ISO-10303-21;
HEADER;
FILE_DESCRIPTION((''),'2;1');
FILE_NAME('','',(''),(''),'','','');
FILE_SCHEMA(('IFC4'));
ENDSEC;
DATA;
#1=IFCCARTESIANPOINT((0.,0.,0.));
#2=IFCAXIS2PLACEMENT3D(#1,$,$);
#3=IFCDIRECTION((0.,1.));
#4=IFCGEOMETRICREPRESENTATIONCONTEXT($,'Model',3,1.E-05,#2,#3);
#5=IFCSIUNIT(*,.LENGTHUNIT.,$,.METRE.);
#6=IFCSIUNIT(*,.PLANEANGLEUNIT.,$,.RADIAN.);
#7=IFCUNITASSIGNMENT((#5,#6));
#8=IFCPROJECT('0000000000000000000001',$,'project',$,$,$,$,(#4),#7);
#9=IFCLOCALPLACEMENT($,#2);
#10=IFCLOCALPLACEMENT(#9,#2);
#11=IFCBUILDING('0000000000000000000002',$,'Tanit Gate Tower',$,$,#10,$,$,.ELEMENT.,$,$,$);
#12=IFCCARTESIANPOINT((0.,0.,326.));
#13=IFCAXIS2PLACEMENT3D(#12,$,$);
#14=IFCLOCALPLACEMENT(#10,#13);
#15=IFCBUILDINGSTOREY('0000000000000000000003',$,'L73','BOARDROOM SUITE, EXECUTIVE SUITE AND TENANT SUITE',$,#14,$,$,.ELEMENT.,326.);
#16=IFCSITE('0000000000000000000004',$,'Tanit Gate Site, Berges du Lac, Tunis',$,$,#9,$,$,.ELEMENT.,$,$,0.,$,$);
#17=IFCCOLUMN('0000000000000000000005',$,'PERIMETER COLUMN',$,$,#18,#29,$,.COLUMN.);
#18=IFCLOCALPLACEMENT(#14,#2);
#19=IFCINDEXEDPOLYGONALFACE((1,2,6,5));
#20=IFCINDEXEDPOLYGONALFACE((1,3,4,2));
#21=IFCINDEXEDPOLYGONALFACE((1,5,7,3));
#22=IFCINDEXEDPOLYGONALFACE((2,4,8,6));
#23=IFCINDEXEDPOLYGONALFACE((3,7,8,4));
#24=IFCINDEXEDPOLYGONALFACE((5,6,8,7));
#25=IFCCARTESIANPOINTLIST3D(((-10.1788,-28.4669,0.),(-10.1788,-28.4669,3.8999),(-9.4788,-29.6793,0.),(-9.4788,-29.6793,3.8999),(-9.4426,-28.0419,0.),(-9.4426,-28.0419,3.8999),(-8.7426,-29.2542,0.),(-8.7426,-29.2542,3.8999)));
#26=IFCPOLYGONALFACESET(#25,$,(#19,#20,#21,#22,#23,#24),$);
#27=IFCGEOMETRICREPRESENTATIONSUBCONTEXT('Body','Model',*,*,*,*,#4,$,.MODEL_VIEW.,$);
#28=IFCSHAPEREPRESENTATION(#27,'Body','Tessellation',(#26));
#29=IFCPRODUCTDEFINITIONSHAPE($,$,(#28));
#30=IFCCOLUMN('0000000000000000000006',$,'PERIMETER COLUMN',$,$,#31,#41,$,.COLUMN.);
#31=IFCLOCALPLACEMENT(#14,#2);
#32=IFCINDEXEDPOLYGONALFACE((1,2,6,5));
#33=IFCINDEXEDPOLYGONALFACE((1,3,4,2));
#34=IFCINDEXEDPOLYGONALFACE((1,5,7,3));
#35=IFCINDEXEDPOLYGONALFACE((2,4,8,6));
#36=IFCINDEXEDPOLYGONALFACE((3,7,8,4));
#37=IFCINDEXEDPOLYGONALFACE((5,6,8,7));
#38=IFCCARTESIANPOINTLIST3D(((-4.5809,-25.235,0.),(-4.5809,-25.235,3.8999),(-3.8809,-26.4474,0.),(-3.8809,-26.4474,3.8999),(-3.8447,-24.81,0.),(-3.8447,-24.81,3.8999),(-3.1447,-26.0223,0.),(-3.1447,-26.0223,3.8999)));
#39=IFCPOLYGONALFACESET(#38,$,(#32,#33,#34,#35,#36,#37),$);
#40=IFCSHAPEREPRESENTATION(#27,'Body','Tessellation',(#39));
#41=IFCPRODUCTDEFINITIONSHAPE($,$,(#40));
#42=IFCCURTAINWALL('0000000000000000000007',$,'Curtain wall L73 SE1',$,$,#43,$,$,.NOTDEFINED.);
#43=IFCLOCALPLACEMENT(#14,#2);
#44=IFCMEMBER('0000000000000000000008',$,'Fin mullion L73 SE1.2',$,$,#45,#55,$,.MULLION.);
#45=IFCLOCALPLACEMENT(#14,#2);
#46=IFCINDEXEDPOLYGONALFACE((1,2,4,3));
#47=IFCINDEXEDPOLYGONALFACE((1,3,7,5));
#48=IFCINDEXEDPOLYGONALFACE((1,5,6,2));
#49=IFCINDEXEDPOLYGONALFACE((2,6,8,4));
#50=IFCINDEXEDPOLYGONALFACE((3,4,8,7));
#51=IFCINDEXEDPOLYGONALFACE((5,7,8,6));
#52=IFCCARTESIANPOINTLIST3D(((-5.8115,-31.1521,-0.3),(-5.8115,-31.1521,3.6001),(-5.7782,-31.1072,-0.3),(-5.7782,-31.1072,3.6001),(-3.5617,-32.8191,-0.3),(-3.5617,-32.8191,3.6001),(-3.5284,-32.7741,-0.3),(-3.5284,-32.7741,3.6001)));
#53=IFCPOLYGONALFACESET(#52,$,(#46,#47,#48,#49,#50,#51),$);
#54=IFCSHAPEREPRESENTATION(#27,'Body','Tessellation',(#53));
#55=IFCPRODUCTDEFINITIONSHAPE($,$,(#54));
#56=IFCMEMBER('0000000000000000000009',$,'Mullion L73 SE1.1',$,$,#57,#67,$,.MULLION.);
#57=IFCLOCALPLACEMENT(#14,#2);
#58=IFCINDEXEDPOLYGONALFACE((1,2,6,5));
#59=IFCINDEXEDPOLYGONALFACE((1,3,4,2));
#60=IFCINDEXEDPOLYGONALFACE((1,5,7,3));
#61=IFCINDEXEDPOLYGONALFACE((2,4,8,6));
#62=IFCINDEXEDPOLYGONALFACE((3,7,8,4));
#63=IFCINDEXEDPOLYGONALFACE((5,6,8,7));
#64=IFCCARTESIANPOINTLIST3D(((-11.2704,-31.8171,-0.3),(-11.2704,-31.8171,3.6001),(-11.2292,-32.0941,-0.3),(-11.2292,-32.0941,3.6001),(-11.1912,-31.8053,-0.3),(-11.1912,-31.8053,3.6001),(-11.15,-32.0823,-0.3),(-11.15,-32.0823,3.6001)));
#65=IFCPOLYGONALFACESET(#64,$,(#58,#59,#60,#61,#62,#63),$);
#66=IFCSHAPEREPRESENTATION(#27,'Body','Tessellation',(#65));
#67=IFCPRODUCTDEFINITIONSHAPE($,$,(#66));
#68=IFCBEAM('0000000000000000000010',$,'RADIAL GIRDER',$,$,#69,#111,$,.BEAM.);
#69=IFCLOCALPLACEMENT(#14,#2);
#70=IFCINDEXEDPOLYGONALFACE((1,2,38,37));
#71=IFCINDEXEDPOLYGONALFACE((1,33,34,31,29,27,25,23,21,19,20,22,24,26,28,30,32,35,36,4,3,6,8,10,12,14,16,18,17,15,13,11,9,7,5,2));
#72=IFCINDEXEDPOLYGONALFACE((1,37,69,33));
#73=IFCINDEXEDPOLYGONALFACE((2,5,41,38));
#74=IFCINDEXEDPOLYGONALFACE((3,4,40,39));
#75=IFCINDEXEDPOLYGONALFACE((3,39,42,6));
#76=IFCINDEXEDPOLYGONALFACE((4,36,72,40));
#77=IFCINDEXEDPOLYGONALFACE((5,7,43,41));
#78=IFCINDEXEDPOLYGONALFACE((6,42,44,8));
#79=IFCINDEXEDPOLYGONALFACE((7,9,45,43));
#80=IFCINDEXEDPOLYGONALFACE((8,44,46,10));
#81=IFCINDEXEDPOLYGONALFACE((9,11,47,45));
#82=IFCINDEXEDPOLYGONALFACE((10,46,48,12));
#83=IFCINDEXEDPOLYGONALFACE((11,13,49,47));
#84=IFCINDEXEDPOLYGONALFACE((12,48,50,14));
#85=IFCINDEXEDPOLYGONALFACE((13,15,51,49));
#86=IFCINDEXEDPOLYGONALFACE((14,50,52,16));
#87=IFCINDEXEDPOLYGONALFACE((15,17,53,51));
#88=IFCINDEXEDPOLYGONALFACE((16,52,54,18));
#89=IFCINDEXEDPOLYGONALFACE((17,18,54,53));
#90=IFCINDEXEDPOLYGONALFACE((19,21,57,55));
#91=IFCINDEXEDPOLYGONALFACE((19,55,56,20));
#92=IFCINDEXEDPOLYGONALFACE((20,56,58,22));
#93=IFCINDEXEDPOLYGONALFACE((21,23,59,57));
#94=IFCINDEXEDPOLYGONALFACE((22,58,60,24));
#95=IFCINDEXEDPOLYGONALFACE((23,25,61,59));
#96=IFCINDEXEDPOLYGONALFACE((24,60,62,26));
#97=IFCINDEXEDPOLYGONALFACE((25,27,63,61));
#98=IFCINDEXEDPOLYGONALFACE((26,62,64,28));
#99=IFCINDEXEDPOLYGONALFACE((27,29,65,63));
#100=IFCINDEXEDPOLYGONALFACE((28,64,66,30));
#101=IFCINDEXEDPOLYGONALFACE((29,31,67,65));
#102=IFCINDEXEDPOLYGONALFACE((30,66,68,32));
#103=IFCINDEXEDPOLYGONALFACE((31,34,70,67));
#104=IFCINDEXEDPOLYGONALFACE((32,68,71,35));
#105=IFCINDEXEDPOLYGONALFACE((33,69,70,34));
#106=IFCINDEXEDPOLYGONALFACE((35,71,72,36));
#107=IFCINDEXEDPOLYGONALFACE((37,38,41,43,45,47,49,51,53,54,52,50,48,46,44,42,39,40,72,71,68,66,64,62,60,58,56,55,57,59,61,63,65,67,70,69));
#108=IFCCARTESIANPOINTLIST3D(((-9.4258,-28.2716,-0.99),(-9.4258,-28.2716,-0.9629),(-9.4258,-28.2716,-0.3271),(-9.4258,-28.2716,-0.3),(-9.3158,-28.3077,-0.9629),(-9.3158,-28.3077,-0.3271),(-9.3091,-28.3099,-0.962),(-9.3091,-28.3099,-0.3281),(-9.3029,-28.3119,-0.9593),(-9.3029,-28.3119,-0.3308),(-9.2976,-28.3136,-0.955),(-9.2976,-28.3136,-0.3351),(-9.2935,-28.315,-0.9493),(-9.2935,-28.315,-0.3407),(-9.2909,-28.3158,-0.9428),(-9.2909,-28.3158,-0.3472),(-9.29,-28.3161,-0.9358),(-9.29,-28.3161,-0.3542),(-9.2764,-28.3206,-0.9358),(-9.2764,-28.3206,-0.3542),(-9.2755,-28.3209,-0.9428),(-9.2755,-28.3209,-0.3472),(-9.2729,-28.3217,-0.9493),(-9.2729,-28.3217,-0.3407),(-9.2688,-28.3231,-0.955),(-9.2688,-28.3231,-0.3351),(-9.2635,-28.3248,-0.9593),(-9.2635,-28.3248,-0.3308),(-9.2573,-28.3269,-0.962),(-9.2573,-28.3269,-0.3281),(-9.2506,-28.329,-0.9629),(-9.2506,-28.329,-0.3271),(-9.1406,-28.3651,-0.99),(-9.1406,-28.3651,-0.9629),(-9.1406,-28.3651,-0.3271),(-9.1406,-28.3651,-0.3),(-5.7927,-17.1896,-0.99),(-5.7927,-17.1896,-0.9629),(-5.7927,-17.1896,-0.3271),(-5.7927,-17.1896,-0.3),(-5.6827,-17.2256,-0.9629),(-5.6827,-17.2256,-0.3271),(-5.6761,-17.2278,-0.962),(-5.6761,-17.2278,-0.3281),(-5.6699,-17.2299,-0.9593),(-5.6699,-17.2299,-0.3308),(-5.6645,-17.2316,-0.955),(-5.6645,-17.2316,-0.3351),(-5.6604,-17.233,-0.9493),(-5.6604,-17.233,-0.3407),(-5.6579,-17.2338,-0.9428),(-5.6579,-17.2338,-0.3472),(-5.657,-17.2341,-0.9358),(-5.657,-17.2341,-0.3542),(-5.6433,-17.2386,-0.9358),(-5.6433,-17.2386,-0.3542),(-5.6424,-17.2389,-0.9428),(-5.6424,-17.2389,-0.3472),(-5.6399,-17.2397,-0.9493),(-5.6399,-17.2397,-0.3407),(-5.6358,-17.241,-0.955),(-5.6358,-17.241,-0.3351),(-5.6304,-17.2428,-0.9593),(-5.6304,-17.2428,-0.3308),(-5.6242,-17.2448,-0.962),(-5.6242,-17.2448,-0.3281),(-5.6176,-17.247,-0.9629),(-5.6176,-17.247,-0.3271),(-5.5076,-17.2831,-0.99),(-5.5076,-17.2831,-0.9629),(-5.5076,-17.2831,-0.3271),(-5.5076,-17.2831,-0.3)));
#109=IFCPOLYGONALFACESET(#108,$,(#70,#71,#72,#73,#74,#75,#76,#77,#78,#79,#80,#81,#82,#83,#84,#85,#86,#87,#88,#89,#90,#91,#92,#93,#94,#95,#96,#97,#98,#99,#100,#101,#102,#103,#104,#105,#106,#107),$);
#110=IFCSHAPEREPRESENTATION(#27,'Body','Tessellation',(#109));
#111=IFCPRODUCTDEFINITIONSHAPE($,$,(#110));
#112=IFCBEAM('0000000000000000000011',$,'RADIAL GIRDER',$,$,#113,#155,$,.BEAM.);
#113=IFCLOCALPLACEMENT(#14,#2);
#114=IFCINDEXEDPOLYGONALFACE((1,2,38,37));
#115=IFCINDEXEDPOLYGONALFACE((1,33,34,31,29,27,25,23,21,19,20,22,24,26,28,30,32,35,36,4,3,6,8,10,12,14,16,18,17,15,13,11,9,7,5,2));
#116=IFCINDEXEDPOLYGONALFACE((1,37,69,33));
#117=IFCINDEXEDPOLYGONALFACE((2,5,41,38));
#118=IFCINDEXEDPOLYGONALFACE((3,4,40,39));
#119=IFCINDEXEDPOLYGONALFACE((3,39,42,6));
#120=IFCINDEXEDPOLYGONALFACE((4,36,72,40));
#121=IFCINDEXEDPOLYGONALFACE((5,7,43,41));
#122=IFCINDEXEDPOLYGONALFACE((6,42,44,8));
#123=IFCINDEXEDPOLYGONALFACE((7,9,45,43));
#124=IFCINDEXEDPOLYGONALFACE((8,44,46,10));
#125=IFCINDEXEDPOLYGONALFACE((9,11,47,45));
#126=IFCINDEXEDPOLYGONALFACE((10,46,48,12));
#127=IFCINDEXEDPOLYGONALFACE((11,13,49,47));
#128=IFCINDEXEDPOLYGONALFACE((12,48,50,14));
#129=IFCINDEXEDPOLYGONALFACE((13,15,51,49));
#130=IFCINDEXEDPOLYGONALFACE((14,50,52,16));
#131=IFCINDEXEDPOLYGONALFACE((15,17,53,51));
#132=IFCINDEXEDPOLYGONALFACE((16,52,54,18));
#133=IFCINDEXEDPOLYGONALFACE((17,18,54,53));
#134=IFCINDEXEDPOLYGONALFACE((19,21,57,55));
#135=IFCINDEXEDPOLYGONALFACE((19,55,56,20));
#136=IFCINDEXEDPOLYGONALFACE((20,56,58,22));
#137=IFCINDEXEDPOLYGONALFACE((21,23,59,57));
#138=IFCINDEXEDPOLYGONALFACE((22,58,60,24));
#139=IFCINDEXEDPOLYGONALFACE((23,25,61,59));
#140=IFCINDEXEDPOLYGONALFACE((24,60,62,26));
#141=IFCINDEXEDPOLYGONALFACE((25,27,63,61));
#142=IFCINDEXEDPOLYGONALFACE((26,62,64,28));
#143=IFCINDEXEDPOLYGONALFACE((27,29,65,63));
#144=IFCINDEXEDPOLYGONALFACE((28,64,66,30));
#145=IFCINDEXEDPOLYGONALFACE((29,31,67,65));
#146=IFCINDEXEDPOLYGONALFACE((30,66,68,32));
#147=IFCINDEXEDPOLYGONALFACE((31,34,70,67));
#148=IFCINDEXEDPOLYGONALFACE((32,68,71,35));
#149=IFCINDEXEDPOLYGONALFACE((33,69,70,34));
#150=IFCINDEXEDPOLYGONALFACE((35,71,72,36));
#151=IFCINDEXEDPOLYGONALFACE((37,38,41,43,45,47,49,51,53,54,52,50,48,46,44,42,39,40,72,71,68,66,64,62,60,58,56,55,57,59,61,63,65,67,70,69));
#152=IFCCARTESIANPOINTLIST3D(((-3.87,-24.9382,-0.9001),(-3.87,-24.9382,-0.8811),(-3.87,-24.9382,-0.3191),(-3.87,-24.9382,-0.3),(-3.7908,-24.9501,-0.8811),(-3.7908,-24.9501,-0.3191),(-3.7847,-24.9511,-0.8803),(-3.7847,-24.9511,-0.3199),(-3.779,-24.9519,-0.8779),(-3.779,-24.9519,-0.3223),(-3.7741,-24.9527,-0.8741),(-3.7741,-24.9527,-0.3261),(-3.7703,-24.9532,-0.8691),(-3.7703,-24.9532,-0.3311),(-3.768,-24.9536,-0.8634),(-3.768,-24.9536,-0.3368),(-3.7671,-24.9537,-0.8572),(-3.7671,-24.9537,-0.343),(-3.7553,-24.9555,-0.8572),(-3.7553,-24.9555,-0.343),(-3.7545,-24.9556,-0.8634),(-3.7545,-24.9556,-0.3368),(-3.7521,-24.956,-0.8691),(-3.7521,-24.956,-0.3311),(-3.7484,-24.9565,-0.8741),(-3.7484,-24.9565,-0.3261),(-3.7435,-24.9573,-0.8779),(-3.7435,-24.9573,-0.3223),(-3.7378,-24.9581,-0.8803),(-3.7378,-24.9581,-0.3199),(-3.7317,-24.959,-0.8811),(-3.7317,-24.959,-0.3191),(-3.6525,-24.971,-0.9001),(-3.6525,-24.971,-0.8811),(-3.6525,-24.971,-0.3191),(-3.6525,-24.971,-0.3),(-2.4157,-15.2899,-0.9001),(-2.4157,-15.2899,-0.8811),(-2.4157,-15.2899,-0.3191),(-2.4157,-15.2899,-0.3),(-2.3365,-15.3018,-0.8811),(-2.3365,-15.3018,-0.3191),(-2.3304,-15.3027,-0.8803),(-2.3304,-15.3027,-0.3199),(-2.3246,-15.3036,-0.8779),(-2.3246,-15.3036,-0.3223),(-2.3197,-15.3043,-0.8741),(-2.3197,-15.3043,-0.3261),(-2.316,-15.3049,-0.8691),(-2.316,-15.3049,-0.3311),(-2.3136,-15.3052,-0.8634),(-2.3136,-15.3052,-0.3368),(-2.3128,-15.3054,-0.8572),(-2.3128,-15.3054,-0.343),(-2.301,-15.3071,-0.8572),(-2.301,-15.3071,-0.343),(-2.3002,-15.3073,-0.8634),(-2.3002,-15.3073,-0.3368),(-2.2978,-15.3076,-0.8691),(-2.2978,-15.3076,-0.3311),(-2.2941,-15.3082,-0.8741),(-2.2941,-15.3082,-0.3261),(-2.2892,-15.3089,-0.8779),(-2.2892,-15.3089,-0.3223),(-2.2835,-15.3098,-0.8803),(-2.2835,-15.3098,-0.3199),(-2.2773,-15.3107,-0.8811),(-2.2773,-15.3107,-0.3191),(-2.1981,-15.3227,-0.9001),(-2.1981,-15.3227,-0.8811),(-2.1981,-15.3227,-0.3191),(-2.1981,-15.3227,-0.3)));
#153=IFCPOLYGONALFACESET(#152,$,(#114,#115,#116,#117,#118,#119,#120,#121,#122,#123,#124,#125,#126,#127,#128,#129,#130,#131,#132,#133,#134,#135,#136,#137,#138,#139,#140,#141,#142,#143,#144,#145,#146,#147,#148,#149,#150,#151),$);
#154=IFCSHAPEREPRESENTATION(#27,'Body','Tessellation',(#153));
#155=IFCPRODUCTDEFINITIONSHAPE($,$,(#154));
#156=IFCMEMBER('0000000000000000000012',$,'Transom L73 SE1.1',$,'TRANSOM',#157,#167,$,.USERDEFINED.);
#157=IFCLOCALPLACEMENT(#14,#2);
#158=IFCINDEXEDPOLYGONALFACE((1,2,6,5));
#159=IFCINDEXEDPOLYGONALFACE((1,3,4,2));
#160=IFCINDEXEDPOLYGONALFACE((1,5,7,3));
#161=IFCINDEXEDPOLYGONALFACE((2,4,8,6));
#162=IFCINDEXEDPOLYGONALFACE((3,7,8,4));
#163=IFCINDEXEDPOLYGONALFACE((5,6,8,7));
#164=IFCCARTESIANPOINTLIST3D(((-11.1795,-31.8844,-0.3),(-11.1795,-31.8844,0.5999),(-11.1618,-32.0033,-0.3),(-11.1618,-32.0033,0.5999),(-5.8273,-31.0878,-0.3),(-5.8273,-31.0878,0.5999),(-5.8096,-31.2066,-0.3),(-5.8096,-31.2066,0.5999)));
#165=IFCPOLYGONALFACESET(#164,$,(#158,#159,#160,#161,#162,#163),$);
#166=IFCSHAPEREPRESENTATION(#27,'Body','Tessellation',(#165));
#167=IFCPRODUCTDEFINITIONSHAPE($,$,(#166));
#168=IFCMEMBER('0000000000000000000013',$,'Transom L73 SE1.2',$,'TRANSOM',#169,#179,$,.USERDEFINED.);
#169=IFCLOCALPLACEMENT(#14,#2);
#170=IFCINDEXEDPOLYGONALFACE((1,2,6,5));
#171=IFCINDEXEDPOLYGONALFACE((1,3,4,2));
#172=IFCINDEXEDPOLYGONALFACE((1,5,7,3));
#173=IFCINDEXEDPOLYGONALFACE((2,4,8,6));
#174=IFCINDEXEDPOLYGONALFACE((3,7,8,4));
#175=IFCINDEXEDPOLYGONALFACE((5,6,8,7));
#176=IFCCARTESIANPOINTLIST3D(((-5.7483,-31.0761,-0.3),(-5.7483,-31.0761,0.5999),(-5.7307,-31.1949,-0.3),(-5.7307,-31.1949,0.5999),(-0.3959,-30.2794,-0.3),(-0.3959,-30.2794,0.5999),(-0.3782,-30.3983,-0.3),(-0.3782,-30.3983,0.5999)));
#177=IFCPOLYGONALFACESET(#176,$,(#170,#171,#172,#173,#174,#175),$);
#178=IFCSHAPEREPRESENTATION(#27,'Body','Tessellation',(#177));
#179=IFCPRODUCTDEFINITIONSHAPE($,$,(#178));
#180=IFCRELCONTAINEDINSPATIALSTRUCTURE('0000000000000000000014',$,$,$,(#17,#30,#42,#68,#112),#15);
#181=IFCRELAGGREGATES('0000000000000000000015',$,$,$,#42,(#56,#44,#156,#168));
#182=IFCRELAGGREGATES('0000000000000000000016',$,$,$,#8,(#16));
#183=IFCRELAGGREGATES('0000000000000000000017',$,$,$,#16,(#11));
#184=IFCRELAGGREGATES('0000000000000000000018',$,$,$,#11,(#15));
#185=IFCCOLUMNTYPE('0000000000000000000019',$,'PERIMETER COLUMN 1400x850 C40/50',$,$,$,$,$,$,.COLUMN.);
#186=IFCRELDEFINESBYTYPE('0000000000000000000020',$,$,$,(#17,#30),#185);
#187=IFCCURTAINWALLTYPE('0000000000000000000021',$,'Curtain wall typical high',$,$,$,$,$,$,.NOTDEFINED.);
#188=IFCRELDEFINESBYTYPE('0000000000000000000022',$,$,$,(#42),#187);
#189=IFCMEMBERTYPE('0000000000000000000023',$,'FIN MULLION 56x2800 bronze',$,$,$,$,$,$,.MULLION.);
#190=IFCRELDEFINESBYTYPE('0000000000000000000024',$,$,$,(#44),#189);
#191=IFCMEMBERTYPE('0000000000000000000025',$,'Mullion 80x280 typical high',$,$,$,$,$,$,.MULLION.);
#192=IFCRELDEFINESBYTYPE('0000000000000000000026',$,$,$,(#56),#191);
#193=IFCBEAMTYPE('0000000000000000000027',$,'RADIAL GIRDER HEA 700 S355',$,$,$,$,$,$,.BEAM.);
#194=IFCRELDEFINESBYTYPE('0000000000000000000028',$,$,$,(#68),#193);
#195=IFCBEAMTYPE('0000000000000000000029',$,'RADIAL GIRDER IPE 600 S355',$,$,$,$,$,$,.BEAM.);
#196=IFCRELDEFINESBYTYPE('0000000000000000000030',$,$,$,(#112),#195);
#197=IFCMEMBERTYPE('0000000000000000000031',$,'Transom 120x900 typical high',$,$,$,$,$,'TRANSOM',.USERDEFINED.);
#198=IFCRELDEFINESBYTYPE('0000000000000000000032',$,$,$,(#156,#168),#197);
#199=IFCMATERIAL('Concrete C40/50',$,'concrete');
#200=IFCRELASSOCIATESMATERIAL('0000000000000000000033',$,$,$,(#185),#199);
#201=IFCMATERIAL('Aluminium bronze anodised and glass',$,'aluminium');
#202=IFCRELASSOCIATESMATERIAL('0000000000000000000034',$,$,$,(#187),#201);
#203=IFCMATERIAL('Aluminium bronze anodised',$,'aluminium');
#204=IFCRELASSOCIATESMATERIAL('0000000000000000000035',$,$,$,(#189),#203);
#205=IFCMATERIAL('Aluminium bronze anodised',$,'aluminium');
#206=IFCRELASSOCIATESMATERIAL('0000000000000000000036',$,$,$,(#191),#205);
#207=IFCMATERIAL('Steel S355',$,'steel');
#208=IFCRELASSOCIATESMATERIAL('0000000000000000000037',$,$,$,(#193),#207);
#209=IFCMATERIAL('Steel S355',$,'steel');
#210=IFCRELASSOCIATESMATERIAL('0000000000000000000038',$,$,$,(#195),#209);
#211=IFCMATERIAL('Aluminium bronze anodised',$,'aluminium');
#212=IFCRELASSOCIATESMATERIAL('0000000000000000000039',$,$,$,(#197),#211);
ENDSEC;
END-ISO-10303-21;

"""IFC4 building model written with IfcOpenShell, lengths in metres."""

from ifc_helpers import new_model, si_unit, direction, frame, origin, origin_2d, place, context, subcontext, project, spatial, rectangle, i_section, extrude, material, material_profile, profile_set, type_object, element, aggregate, save


model = new_model("IFC4")

# Units and contexts
model_context = context("Model", 3, precision=1e-05, world=origin(), true_north=direction((0.0, 1.0)))
body_context = subcontext(model_context, "Body", "Model", "MODEL_VIEW")
ifc_project = project(units=[si_unit("LENGTHUNIT", "METRE"), si_unit("PLANEANGLEUNIT", "RADIAN")], contexts=[model_context])

# Site, building, storey
site_placement = place(None, origin())
site = spatial("IfcSite", under=ifc_project, at=site_placement, Name="Tanit Gate Site, Berges du Lac, Tunis", CompositionType="ELEMENT", RefElevation=0.0)
building_placement = place(site_placement, origin())
building = spatial("IfcBuilding", under=site, at=building_placement, Name="Tanit Gate Tower", CompositionType="ELEMENT")
storey_placement = place(building_placement, frame((0.0, 0.0, 326.0)))
storey = spatial("IfcBuildingStorey", under=building, at=storey_placement, Name="L73", Description="BOARDROOM SUITE, EXECUTIVE SUITE AND TENANT SUITE", CompositionType="ELEMENT", Elevation=326.0)

# Columns
ifc_material_1 = material(Name="Concrete C40/50", Category="concrete")
ifc_material_profile_1 = material_profile(ifc_material_1, rectangle(XDim=1.3999, YDim=0.8501, at=origin_2d()), Name="RC 1400x850")
ifc_profile_set_1 = profile_set([ifc_material_profile_1], Name="Concrete C40/50")
column_type = type_object("IfcColumnType", Name="PERIMETER COLUMN 1400x850 C40/50", PredefinedType="COLUMN", material=ifc_profile_set_1)
for number, where, z_axis, x_axis, name in (
    (1, (-9.4607, -28.8606, 0.0), (0.0, 0.0, 1.0), (0.5, -0.866025, 0.0), "PERIMETER COLUMN"),
    (2, (-3.8628, -25.6287, 0.0), (0.0, 0.0, 1.0), (0.5, -0.866025, 0.0), "PERIMETER COLUMN"),
):
    element("IfcColumn", number, at=place(storey_placement, frame(where, z_axis=z_axis, x_axis=x_axis)), inside=storey, type_object=column_type, Name=name, PredefinedType="COLUMN", context=body_context, shape_type="SweptSolid", body=[
        extrude(rectangle(XDim=1.3999, YDim=0.8501, at=origin_2d()), origin(), (0.0, 0.0, 1.0), 3.8999),
    ])

# Curtain wall, members
ifc_material_2 = material(Name="Aluminium bronze anodised and glass", Category="aluminium")
curtain_wall_type = type_object("IfcCurtainWallType", Name="Curtain wall typical high", PredefinedType="NOTDEFINED", material=ifc_material_2)
curtain_wall_placement = place(storey_placement, origin())
curtain_wall = element("IfcCurtainWall", 3, at=curtain_wall_placement, inside=storey, type_object=curtain_wall_type, Name="Curtain wall L73 SE1", PredefinedType="NOTDEFINED")
ifc_material_3 = material(Name="Aluminium bronze anodised", Category="aluminium")
ifc_material_profile_2 = material_profile(ifc_material_3, rectangle(XDim=2.8, YDim=0.0559, at=origin_2d()), Name="56x2800 bronze fin mullion")
ifc_profile_set_2 = profile_set([ifc_material_profile_2], Name="Aluminium bronze anodised")
member_type_1 = type_object("IfcMemberType", Name="FIN MULLION 56x2800 bronze", PredefinedType="MULLION", material=ifc_profile_set_2)
member_1_placement = place(storey_placement, frame((-4.6699, -31.9631, -0.3), z_axis=(0.0, 0.0, 1.0), x_axis=(-0.803493, 0.595314, 0.0)))
member_1 = element("IfcMember", 4, at=member_1_placement, type_object=member_type_1, Name="Fin mullion L73 SE1.2", PredefinedType="MULLION", context=body_context, shape_type="SweptSolid", body=[
    extrude(rectangle(XDim=2.8, YDim=0.0559, at=origin_2d()), origin(), (0.0, 0.0, 1.0), 3.9001),
])
ifc_material_4 = material(Name="Aluminium bronze anodised", Category="aluminium")
ifc_material_profile_3 = material_profile(ifc_material_4, rectangle(XDim=0.28, YDim=0.0801, at=origin_2d()), Name="80x280 bronze mullion")
ifc_profile_set_3 = profile_set([ifc_material_profile_3], Name="Aluminium bronze anodised")
member_type_2 = type_object("IfcMemberType", Name="Mullion 80x280 typical high", PredefinedType="MULLION", material=ifc_profile_set_3)
member_2_placement = place(storey_placement, frame((-11.2102, -31.9497, -0.3), z_axis=(0.0, 0.0, 1.0), x_axis=(-0.147205, 0.989106, 0.0)))
member_2 = element("IfcMember", 5, at=member_2_placement, type_object=member_type_2, Name="Mullion L73 SE1.1", PredefinedType="MULLION", context=body_context, shape_type="SweptSolid", body=[
    extrude(rectangle(XDim=0.28, YDim=0.0801, at=origin_2d()), origin(), (0.0, 0.0, 1.0), 3.9001),
])

# Beams
ifc_material_5 = material(Name="Steel S355", Category="steel")
ifc_material_profile_4 = material_profile(ifc_material_5, i_section(OverallWidth=0.3, OverallDepth=0.6899, WebThickness=0.0144, FlangeThickness=0.0271, FilletRadius=0.0271, at=origin_2d()), Name="HEA 700")
ifc_profile_set_4 = profile_set([ifc_material_profile_4], Name="Steel S355")
beam_type_1 = type_object("IfcBeamType", Name="RADIAL GIRDER HEA 700 S355", PredefinedType="BEAM", material=ifc_profile_set_4)
beam_1_placement = place(storey_placement, frame((-9.2832, -28.3184, -0.645), z_axis=(0.31152, 0.95024, 0.0), x_axis=(-0.95024, 0.31152, 0.0)))
element("IfcBeam", 6, at=beam_1_placement, inside=storey, type_object=beam_type_1, Name="RADIAL GIRDER", PredefinedType="BEAM", context=body_context, shape_type="SweptSolid", body=[
    extrude(i_section(OverallWidth=0.3, OverallDepth=0.6899, WebThickness=0.0144, FlangeThickness=0.0271, FilletRadius=0.0271, at=origin_2d()), origin(), (0.0, 0.0, 1.0), 11.6624),
])
ifc_material_6 = material(Name="Steel S355", Category="steel")
ifc_material_profile_5 = material_profile(ifc_material_6, i_section(OverallWidth=0.22, OverallDepth=0.6001, WebThickness=0.012, FlangeThickness=0.019, FilletRadius=0.0239, at=origin_2d()), Name="IPE 600")
ifc_profile_set_5 = profile_set([ifc_material_profile_5], Name="Steel S355")
beam_type_2 = type_object("IfcBeamType", Name="RADIAL GIRDER IPE 600 S355", PredefinedType="BEAM", material=ifc_profile_set_5)
beam_2_placement = place(storey_placement, frame((-3.7612, -24.9546, -0.6001), z_axis=(0.14905, 0.98883, 0.0), x_axis=(-0.98883, 0.14905, 0.0)))
element("IfcBeam", 7, at=beam_2_placement, inside=storey, type_object=beam_type_2, Name="RADIAL GIRDER", PredefinedType="BEAM", context=body_context, shape_type="SweptSolid", body=[
    extrude(i_section(OverallWidth=0.22, OverallDepth=0.6001, WebThickness=0.012, FlangeThickness=0.019, FilletRadius=0.0239, at=origin_2d()), origin(), (0.0, 0.0, 1.0), 9.7573),
])

# Members
ifc_material_7 = material(Name="Aluminium bronze anodised", Category="aluminium")
ifc_material_profile_6 = material_profile(ifc_material_7, rectangle(XDim=0.1201, YDim=0.8999, at=origin_2d()), Name="120x900 bronze transom")
ifc_profile_set_6 = profile_set([ifc_material_profile_6], Name="Aluminium bronze anodised")
member_type_3 = type_object("IfcMemberType", Name="Transom 120x900 typical high", ElementType="TRANSOM", PredefinedType="USERDEFINED", material=ifc_profile_set_6)
member_3_placement = place(storey_placement, frame((-11.1707, -31.9438, 0.1499), z_axis=(0.989103, 0.147224, 0.0), x_axis=(-0.147224, 0.989103, 0.0)))
member_3 = element("IfcMember", 8, at=member_3_placement, type_object=member_type_3, Name="Transom L73 SE1.1", ObjectType="TRANSOM", PredefinedType="USERDEFINED", context=body_context, shape_type="SweptSolid", body=[
    extrude(rectangle(XDim=0.1201, YDim=0.8999, at=origin_2d()), origin(), (0.0, 0.0, 1.0), 5.4111),
])
member_4_placement = place(storey_placement, frame((-5.7395, -31.1355, 0.1499), z_axis=(0.989104, 0.147217, 0.0), x_axis=(-0.147217, 0.989104, 0.0)))
member_4 = element("IfcMember", 9, at=member_4_placement, type_object=member_type_3, Name="Transom L73 SE1.2", ObjectType="TRANSOM", PredefinedType="USERDEFINED", context=body_context, shape_type="SweptSolid", body=[
    extrude(rectangle(XDim=0.1201, YDim=0.8999, at=origin_2d()), origin(), (0.0, 0.0, 1.0), 5.4114),
])

aggregate(curtain_wall, [member_2, member_1, member_3, member_4])

save(model, "model.ifc")
